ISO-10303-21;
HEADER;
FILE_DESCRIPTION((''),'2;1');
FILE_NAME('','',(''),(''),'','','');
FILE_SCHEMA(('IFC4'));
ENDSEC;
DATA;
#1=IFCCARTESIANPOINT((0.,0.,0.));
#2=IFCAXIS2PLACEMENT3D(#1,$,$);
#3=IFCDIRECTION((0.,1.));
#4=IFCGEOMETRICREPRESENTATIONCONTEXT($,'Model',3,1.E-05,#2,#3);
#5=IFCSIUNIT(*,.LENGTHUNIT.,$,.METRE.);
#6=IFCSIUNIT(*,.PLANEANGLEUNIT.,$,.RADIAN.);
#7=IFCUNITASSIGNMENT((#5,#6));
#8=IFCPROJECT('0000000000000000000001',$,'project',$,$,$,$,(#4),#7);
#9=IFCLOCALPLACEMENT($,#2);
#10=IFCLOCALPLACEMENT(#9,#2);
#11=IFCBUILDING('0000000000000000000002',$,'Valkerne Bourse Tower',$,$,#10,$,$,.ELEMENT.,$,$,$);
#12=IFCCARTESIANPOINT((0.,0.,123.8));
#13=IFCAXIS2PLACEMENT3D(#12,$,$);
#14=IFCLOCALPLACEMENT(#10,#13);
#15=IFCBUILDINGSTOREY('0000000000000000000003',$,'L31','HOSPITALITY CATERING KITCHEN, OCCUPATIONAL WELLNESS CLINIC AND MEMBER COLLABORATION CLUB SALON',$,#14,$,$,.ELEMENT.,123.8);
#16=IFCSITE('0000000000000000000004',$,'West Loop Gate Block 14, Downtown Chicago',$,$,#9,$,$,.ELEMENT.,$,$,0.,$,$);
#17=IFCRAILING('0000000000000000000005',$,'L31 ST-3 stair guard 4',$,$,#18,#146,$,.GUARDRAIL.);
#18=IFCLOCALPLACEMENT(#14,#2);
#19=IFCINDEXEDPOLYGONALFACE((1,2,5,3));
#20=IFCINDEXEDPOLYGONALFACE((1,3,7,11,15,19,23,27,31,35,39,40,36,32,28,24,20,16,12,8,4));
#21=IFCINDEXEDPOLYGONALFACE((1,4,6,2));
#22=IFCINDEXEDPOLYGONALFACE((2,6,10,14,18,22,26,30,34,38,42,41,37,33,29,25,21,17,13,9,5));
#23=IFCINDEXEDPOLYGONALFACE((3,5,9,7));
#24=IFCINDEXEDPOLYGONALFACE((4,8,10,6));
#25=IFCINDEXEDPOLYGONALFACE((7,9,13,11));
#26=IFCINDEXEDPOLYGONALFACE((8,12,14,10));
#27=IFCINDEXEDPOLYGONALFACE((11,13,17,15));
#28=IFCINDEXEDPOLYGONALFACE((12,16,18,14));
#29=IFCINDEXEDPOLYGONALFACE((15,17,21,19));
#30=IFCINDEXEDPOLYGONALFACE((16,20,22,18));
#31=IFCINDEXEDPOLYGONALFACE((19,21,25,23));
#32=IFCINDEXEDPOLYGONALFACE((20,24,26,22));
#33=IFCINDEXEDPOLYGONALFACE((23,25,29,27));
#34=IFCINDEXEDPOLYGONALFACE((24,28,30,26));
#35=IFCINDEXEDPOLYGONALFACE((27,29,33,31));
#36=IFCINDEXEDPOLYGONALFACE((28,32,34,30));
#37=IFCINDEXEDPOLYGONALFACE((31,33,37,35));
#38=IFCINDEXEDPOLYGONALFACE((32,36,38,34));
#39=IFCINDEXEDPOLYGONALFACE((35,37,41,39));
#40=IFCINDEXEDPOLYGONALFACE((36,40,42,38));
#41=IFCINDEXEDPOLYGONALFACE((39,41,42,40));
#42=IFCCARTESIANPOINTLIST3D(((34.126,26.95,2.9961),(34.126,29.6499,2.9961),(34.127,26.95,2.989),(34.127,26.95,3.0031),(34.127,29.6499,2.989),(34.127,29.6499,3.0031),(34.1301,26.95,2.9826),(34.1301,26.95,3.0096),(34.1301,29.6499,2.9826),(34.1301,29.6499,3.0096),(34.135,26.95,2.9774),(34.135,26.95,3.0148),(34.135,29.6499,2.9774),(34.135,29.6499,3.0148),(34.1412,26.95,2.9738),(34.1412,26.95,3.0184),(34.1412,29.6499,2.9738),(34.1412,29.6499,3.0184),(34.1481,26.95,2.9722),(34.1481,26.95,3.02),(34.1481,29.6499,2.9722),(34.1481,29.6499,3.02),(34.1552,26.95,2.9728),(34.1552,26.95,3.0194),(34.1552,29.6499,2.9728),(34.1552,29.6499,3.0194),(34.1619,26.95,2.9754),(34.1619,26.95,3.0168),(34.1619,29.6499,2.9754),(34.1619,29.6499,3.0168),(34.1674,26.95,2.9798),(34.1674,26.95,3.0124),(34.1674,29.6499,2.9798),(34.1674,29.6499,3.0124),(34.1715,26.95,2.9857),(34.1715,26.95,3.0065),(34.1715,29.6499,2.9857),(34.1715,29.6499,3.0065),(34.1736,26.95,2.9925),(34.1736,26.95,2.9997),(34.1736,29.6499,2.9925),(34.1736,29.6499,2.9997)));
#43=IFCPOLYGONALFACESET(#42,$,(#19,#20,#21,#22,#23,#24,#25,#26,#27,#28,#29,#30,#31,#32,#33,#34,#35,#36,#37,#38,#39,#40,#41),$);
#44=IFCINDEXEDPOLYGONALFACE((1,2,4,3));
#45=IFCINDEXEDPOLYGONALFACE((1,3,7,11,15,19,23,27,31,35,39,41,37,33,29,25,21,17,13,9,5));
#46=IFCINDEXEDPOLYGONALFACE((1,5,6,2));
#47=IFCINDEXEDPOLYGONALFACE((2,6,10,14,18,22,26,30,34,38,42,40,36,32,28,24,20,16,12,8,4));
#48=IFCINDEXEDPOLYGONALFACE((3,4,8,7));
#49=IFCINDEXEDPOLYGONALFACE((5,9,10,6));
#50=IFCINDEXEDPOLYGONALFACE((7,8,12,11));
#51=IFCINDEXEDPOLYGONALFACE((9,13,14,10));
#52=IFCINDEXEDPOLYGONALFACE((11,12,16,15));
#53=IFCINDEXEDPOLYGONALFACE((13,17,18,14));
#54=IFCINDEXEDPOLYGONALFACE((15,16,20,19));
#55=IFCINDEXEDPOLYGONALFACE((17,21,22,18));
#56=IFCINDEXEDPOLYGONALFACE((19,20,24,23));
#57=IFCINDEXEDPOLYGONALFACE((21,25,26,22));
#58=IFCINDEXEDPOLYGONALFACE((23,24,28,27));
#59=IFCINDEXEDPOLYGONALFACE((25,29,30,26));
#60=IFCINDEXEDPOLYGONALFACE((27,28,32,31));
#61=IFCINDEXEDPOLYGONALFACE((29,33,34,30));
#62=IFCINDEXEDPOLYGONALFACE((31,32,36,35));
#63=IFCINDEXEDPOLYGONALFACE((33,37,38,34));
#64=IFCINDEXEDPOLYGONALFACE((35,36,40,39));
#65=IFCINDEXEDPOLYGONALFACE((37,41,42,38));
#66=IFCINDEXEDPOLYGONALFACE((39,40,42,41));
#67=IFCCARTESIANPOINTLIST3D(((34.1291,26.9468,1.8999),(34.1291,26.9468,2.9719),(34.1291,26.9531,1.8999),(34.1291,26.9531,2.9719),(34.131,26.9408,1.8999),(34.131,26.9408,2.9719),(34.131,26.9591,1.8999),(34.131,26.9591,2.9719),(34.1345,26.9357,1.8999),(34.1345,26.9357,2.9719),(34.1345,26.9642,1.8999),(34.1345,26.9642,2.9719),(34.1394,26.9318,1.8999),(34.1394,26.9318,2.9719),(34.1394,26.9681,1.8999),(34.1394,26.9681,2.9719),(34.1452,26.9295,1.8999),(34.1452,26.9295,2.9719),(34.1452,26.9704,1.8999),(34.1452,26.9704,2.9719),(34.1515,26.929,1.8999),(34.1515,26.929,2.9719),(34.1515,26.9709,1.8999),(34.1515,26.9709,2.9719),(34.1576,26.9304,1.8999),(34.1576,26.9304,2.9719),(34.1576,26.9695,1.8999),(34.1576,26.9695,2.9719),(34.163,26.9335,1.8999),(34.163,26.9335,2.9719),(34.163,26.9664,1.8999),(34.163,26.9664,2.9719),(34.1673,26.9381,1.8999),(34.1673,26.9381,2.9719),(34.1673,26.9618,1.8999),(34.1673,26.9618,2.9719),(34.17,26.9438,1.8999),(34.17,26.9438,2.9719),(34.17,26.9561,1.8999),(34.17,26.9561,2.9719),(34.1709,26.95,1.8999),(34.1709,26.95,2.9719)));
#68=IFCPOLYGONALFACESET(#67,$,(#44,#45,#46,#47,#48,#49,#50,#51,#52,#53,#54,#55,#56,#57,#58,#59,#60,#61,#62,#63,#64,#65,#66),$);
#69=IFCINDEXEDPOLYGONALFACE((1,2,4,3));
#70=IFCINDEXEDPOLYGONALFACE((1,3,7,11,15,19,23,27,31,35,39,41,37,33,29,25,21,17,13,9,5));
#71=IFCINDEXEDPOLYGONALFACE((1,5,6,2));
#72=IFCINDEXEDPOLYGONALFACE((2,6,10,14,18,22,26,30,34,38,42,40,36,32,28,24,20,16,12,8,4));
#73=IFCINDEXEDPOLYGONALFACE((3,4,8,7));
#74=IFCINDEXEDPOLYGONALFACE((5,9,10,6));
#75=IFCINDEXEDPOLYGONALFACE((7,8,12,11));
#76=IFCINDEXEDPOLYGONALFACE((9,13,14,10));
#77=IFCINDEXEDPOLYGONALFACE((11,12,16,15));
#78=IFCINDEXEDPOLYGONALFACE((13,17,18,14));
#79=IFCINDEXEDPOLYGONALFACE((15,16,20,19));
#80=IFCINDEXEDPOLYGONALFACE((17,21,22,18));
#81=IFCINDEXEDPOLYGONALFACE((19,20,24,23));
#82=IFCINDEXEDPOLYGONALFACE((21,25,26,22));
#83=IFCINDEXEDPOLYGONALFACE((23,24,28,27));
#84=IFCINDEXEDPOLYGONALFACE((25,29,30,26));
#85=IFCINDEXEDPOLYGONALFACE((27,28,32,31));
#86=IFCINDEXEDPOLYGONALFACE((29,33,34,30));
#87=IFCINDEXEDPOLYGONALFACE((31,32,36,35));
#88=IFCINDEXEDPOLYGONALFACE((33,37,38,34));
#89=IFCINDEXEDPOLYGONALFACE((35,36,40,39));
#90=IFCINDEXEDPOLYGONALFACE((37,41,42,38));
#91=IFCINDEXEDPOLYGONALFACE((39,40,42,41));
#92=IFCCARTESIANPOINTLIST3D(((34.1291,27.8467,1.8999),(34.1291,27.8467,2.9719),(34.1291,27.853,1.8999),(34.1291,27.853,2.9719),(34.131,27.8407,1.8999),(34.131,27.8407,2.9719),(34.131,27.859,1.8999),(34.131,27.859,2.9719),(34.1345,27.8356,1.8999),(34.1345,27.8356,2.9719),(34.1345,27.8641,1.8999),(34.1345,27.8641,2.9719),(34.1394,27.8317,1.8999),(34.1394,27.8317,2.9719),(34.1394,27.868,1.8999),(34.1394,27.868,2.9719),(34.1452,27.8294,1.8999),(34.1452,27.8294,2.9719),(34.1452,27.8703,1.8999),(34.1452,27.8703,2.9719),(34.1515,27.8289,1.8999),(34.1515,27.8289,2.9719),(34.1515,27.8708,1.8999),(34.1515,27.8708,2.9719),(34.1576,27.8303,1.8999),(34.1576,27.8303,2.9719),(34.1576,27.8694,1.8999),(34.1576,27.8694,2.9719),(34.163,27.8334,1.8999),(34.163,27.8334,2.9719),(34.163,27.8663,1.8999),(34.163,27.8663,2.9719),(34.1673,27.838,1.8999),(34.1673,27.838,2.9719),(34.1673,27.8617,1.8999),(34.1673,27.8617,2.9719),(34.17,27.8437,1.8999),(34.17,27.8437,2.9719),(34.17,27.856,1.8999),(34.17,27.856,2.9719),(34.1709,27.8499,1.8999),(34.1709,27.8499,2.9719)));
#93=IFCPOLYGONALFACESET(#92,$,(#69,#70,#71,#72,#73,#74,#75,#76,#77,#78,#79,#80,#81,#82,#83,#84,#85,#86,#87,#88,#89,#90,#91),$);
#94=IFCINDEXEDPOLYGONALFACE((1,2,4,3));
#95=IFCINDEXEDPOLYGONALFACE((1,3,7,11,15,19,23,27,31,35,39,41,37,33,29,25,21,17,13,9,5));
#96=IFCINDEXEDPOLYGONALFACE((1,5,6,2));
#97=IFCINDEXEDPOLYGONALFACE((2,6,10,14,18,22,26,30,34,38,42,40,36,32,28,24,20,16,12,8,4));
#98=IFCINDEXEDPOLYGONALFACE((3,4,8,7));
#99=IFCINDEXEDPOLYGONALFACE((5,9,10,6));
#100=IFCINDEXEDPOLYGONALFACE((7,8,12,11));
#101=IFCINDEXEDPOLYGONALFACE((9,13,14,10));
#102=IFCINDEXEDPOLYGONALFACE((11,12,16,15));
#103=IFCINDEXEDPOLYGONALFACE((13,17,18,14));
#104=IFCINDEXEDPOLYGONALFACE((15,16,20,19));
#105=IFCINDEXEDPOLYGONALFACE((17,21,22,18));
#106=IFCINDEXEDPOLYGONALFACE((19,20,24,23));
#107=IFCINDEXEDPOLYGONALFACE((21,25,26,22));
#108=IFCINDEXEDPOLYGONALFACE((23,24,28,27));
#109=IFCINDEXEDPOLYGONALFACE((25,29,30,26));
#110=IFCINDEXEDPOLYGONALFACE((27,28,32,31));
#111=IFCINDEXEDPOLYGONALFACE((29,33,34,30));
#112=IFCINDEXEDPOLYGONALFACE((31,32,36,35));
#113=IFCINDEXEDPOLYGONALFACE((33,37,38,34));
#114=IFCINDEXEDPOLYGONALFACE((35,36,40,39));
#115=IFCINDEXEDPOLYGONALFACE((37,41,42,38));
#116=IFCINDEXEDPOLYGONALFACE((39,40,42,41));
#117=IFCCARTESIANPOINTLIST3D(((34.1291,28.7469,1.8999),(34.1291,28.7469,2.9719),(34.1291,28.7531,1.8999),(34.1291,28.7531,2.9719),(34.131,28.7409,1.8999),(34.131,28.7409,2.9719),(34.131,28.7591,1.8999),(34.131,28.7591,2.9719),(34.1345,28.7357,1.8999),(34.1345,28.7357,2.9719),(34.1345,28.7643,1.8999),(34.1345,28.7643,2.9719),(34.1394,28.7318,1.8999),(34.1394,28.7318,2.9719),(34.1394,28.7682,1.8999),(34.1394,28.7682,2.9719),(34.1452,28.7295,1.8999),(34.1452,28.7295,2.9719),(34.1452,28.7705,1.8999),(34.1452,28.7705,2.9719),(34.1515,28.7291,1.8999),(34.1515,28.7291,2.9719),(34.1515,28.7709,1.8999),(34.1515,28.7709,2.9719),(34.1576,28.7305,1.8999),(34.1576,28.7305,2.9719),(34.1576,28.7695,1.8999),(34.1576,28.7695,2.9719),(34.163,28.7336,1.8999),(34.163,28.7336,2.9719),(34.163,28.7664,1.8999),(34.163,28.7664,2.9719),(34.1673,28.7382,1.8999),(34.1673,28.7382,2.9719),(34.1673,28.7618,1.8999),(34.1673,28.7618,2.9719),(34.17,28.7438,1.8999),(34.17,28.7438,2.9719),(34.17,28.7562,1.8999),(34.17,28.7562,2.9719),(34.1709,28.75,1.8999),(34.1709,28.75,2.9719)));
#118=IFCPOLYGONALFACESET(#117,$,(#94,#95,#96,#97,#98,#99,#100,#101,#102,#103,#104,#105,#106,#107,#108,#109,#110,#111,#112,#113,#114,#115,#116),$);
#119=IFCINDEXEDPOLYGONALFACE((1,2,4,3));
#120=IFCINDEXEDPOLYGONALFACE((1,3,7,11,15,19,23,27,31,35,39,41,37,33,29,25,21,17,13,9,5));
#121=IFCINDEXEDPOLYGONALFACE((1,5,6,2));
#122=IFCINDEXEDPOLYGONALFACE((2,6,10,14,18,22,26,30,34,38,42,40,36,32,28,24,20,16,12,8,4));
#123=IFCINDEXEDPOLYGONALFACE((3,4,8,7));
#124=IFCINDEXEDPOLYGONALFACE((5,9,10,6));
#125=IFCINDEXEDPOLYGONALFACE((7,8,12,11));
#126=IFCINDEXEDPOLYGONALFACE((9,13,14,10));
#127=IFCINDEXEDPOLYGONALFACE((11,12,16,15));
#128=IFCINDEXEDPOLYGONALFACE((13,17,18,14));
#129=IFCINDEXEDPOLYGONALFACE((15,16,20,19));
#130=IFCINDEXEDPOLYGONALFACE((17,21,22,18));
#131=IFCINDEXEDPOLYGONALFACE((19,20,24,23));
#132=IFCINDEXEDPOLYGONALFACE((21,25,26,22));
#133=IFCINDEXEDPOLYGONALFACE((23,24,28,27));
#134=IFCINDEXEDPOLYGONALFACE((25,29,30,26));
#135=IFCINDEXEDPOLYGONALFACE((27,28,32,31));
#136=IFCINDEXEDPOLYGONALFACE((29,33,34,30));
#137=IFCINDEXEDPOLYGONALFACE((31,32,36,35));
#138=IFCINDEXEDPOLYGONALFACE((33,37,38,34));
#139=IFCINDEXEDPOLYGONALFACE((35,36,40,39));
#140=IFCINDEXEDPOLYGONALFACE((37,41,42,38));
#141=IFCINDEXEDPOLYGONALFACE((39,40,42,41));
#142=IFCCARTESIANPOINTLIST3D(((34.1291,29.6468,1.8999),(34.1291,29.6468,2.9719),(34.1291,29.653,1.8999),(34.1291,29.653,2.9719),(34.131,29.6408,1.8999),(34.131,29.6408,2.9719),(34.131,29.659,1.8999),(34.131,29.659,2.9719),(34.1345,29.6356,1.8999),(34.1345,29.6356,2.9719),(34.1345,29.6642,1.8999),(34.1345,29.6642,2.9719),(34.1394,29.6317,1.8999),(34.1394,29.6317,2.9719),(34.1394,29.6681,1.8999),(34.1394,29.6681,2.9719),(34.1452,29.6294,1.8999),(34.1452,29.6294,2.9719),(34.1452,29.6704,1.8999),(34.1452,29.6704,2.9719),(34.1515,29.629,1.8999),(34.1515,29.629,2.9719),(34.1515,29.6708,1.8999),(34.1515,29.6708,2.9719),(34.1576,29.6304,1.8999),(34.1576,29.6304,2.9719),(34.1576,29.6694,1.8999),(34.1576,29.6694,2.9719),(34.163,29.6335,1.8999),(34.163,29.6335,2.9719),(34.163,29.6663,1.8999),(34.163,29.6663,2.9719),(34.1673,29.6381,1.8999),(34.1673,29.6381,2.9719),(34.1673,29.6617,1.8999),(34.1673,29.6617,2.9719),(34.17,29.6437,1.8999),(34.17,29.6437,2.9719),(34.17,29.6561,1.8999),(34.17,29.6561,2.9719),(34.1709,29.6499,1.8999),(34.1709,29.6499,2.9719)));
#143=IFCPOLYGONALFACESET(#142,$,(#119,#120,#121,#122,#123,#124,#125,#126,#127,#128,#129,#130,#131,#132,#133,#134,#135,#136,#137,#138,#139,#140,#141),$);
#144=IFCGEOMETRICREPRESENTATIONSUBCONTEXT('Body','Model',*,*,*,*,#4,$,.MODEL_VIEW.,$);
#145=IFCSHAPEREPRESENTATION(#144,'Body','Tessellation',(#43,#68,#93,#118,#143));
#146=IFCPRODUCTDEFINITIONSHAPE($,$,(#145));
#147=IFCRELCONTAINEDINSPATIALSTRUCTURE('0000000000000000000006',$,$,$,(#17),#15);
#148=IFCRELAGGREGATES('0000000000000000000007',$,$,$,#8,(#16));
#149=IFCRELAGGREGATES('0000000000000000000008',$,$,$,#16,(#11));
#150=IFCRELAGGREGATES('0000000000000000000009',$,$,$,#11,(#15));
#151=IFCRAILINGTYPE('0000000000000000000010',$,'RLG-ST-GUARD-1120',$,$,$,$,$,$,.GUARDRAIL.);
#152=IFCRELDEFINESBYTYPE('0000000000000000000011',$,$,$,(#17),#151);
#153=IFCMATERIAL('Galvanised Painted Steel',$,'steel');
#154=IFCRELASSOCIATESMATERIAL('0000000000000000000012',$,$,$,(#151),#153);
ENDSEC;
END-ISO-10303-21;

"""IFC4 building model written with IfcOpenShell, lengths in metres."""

from ifc_helpers import new_model, si_unit, direction, frame, origin, origin_2d, place, context, subcontext, project, spatial, circle, extrude, material, type_object, element, save


model = new_model("IFC4")

# Units and contexts
model_context = context("Model", 3, precision=1e-05, world=origin(), true_north=direction((0.0, 1.0)))
body_context = subcontext(model_context, "Body", "Model", "MODEL_VIEW")
ifc_project = project(units=[si_unit("LENGTHUNIT", "METRE"), si_unit("PLANEANGLEUNIT", "RADIAN")], contexts=[model_context])

# Site, building, storey
site_placement = place(None, origin())
site = spatial("IfcSite", under=ifc_project, at=site_placement, Name="West Loop Gate Block 14, Downtown Chicago", CompositionType="ELEMENT", RefElevation=0.0)
building_placement = place(site_placement, origin())
building = spatial("IfcBuilding", under=site, at=building_placement, Name="Valkerne Bourse Tower", CompositionType="ELEMENT")
storey_placement = place(building_placement, frame((0.0, 0.0, 123.8)))
storey = spatial("IfcBuildingStorey", under=building, at=storey_placement, Name="L31", Description="HOSPITALITY CATERING KITCHEN, OCCUPATIONAL WELLNESS CLINIC AND MEMBER COLLABORATION CLUB SALON", CompositionType="ELEMENT", Elevation=123.8)

# Shared definitions
ifc_material_1 = material(Name="Galvanised Painted Steel", Category="steel")

# Railing
railing_type_1 = type_object("IfcRailingType", Name="RLG-ST-GUARD-1120", PredefinedType="GUARDRAIL", material=ifc_material_1)
for number, where, name in (
    (1, (34.1499, 26.95, 1.8999), "L31 ST-3 stair guard 4"),
):
    element("IfcRailing", number, at=place(storey_placement, frame(where)), inside=storey, type_object=railing_type_1, Name=name, PredefinedType="GUARDRAIL", context=body_context, shape_type="SweptSolid", body=[
        extrude(circle(Radius=0.0239, at=origin_2d()), frame((0.0, 0.0, 1.0962), z_axis=(0.0, 1.0, 0.0), x_axis=(-1.0, 0.0, 0.0)), (0.0, 0.0, 1.0), 2.7),
        extrude(circle(Radius=0.021, at=origin_2d()), origin(), (0.0, 0.0, 1.0), 1.072),
        extrude(circle(Radius=0.021, at=origin_2d()), frame((0.0, 0.8999, 0.0)), (0.0, 0.0, 1.0), 1.072),
        extrude(circle(Radius=0.021, at=origin_2d()), frame((0.0, 1.8, 0.0)), (0.0, 0.0, 1.0), 1.072),
        extrude(circle(Radius=0.021, at=origin_2d()), frame((0.0, 2.7, 0.0)), (0.0, 0.0, 1.0), 1.072),
    ])

save(model, "model.ifc")
